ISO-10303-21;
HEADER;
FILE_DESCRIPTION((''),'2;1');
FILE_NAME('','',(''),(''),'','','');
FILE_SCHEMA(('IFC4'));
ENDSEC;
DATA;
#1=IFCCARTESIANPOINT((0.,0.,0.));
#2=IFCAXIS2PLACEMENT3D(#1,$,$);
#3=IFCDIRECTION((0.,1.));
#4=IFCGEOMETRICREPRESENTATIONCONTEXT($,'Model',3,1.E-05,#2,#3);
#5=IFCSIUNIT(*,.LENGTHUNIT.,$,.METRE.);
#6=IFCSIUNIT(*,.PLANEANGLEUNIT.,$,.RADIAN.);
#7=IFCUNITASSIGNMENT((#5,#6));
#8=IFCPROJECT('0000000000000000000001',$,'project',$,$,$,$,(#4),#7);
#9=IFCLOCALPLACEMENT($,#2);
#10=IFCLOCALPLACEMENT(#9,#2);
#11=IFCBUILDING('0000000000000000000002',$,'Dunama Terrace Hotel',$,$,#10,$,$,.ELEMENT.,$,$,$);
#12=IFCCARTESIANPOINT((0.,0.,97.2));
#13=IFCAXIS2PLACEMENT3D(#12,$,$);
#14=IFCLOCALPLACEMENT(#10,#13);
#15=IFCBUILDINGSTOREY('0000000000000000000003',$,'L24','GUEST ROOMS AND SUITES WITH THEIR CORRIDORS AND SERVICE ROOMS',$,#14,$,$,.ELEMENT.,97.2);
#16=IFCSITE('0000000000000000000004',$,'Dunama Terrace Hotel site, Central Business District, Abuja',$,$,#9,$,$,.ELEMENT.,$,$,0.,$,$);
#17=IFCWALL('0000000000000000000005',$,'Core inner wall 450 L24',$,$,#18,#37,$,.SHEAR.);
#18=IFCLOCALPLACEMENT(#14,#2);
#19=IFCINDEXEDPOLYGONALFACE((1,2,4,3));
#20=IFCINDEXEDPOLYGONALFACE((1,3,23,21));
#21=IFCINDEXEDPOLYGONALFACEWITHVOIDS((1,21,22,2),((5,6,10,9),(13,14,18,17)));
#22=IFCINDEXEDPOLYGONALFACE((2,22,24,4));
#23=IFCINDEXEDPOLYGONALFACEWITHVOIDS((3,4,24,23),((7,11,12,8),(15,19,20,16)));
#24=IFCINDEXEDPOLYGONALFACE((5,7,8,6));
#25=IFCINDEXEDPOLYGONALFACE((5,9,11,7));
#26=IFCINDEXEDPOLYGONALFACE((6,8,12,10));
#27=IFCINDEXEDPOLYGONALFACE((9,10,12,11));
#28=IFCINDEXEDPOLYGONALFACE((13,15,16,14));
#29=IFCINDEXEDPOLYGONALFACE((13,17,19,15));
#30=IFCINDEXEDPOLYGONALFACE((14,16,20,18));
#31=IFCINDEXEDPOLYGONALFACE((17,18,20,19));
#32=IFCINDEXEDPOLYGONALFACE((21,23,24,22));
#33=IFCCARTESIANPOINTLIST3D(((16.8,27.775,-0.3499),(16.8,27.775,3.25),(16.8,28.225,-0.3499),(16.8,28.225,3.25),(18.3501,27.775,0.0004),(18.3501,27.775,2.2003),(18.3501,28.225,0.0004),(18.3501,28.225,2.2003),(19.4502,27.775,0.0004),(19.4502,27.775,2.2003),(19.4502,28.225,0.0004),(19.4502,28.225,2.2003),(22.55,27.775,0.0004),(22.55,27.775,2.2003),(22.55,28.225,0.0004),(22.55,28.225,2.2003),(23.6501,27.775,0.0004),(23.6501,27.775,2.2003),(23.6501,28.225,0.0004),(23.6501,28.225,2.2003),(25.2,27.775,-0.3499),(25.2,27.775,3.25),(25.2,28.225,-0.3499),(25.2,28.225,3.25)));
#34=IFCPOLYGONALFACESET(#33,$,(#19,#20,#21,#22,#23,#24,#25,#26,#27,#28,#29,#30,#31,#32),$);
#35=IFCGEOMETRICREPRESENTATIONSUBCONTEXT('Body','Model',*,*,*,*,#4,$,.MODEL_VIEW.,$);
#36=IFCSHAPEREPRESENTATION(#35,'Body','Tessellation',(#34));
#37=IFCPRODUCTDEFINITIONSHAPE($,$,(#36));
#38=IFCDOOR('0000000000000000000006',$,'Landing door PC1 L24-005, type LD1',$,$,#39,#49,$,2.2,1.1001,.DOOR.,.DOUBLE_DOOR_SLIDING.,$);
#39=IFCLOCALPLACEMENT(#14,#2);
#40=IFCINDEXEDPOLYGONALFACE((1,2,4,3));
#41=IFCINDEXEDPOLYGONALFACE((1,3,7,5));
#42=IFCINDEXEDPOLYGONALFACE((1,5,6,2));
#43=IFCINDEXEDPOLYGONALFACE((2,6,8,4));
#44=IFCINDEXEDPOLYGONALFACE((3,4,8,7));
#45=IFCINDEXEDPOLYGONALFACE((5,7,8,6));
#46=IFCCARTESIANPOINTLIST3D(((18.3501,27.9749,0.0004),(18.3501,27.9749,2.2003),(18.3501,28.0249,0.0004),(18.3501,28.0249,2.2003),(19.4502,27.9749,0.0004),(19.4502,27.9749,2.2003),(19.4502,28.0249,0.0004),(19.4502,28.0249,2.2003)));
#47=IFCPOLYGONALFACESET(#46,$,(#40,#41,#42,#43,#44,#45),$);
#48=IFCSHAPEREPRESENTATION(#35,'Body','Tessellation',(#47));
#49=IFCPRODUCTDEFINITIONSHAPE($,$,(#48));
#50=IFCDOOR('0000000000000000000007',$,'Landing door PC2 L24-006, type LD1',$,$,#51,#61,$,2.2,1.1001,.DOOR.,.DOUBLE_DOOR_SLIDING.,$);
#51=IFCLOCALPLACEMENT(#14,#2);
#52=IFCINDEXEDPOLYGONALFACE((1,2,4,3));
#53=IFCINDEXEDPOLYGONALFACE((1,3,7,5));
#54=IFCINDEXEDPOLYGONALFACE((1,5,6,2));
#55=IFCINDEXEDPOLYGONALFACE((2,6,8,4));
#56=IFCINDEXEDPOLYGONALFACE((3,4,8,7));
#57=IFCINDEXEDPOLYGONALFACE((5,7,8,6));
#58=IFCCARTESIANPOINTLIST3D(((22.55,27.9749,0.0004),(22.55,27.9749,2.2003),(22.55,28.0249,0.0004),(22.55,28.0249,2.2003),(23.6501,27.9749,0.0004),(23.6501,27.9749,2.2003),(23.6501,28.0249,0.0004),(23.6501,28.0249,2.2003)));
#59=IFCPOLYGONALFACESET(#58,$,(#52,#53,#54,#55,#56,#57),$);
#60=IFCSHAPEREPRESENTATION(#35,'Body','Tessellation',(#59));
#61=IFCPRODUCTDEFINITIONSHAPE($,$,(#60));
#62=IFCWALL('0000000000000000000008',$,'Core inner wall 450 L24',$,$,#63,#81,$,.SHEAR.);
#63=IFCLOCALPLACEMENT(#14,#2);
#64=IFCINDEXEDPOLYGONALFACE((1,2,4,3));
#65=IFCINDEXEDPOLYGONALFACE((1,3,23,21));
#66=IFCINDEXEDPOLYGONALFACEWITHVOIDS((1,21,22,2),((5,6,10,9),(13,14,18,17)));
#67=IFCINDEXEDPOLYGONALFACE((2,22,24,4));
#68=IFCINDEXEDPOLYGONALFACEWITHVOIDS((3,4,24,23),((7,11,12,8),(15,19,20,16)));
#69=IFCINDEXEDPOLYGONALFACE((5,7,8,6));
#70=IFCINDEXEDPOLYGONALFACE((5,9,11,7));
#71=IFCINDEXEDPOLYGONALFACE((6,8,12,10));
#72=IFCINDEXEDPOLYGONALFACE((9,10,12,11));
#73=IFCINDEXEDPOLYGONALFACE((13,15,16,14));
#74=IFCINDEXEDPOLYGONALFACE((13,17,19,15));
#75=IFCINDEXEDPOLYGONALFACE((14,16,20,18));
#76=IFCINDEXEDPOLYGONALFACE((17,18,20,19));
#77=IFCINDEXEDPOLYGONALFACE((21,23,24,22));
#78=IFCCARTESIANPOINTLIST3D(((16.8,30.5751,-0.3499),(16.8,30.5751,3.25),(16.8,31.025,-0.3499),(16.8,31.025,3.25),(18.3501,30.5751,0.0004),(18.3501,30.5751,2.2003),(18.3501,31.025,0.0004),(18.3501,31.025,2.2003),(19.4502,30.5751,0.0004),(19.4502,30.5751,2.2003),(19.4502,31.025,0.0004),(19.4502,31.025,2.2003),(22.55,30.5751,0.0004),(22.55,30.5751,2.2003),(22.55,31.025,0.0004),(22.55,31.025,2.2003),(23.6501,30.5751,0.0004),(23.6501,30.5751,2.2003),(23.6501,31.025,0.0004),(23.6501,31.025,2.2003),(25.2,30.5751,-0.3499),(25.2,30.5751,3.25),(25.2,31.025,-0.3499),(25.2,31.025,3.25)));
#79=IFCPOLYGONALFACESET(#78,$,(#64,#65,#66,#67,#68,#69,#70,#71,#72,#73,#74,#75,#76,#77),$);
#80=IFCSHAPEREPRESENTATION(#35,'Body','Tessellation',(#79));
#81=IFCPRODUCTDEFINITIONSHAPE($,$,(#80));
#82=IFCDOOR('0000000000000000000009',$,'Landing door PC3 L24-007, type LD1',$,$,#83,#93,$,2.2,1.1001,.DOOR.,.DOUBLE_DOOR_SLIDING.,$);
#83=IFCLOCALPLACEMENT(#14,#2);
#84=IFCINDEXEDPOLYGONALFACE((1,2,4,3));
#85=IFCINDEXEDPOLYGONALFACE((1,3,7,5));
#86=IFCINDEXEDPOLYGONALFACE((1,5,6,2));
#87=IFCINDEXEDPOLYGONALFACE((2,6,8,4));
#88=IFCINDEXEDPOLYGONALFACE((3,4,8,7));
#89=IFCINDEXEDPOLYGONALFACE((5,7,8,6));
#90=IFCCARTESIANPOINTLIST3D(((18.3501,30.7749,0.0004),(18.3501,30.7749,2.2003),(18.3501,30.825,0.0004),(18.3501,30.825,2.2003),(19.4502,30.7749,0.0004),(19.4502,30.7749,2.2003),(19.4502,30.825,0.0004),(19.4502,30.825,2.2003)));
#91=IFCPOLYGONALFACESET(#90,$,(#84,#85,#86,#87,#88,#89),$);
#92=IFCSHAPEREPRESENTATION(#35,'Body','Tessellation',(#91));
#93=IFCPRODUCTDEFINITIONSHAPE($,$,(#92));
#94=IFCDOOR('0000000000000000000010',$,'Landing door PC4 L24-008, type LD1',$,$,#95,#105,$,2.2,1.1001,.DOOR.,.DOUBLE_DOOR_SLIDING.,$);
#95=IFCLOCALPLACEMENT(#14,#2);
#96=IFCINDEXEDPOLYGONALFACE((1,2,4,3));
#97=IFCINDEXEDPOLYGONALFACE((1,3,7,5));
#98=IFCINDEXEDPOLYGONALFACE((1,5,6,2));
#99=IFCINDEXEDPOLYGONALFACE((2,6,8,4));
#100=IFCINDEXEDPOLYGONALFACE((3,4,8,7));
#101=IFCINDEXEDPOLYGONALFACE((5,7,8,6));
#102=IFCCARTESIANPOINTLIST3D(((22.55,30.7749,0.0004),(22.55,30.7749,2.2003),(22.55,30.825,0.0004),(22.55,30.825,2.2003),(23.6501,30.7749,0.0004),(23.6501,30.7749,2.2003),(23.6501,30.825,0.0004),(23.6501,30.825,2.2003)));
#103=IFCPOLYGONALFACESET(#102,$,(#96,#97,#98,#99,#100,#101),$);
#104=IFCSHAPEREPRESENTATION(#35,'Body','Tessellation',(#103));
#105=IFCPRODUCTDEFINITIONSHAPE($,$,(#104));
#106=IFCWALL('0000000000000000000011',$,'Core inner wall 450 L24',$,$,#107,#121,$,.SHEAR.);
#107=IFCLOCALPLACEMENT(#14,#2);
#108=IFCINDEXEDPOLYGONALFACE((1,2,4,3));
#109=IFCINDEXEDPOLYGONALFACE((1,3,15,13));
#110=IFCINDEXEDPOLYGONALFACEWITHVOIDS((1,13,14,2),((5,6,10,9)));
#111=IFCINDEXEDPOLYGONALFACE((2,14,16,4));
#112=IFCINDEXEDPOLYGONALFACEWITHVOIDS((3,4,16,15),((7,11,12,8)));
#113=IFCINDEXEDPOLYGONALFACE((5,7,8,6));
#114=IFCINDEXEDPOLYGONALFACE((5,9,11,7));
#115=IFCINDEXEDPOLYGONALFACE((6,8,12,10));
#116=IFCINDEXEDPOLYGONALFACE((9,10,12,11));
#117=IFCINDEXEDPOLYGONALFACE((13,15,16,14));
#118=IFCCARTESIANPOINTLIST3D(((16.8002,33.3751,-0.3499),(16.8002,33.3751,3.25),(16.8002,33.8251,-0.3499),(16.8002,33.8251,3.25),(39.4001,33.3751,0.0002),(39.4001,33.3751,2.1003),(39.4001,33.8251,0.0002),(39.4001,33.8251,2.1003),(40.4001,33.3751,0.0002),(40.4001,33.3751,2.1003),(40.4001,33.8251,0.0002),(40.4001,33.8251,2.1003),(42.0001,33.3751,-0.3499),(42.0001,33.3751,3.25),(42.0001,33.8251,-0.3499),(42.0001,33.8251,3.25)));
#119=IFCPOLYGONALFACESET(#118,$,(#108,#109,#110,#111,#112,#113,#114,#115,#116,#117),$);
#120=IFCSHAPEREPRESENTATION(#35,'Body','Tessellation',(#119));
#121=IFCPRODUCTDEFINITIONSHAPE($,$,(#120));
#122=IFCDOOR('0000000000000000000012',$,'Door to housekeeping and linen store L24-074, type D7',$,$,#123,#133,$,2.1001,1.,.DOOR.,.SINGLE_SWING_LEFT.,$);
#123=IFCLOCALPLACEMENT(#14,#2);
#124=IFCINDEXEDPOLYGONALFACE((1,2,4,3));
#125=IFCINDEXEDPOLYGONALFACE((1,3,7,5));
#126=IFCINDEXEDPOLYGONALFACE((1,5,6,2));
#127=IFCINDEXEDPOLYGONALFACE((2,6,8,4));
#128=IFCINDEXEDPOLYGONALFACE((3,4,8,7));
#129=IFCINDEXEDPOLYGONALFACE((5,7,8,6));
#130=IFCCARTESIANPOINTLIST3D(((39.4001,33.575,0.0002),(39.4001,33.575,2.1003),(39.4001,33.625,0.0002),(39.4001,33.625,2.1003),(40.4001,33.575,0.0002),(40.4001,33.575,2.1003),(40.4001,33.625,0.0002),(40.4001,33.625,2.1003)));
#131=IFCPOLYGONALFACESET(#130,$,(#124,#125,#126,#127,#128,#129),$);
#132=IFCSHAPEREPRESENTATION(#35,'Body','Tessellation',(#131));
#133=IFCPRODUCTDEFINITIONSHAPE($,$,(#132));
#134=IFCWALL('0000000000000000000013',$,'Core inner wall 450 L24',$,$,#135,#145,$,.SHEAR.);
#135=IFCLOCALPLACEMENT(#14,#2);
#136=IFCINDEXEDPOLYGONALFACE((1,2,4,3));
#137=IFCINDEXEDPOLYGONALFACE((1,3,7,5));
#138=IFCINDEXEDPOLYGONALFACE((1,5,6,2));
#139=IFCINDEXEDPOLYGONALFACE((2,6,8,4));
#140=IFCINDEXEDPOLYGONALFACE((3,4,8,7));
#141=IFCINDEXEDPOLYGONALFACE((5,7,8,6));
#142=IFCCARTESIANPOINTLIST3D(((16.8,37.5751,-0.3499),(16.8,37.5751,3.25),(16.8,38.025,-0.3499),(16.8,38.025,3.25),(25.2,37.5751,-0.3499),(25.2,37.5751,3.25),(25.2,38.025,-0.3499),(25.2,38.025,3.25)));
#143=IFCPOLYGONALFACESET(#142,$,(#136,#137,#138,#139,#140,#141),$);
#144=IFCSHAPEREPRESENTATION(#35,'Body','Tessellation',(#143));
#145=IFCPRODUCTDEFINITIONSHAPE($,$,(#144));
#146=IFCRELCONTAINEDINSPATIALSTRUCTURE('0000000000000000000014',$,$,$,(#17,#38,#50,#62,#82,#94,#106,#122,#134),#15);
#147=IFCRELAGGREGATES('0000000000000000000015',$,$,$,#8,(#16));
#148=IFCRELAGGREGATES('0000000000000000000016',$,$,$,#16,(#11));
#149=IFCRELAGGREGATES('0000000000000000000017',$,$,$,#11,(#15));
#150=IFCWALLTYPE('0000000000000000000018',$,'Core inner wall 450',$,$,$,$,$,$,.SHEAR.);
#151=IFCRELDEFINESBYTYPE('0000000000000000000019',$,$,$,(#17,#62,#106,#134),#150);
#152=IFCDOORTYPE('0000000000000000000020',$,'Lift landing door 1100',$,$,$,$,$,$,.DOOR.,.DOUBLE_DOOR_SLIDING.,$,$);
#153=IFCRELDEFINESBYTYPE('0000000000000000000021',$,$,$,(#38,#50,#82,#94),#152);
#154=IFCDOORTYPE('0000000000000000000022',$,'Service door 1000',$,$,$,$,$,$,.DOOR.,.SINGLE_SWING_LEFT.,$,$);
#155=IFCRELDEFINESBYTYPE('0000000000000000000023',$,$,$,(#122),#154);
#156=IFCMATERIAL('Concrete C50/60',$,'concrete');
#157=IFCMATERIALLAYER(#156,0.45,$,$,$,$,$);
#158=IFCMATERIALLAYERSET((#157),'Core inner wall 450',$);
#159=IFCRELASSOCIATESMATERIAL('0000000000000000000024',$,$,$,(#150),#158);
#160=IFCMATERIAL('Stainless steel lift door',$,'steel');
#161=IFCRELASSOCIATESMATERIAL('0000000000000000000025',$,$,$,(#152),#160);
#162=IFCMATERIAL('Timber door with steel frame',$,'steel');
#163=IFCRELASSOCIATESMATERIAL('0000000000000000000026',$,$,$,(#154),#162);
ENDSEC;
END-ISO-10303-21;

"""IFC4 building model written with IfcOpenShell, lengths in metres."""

from ifc_helpers import new_model, si_unit, direction, frame, frame_2d, origin, place, context, subcontext, project, spatial, rectangle, extrude, material, layer, layer_set, type_object, element, fill, save


model = new_model("IFC4")

# Units and contexts
model_context = context("Model", 3, precision=1e-05, world=origin(), true_north=direction((0.0, 1.0)))
body_context = subcontext(model_context, "Body", "Model", "MODEL_VIEW")
ifc_project = project(units=[si_unit("LENGTHUNIT", "METRE"), si_unit("PLANEANGLEUNIT", "RADIAN")], contexts=[model_context])

# Site, building, storey
site_placement = place(None, origin())
site = spatial("IfcSite", under=ifc_project, at=site_placement, Name="Dunama Terrace Hotel site, Central Business District, Abuja", CompositionType="ELEMENT", RefElevation=0.0)
building_placement = place(site_placement, origin())
building = spatial("IfcBuilding", under=site, at=building_placement, Name="Dunama Terrace Hotel", CompositionType="ELEMENT")
storey_placement = place(building_placement, frame((0.0, 0.0, 97.2)))
storey = spatial("IfcBuildingStorey", under=building, at=storey_placement, Name="L24", Description="GUEST ROOMS AND SUITES WITH THEIR CORRIDORS AND SERVICE ROOMS", CompositionType="ELEMENT", Elevation=97.2)

# Shared definitions
ifc_material_1 = material(Name="Concrete C50/60", Category="concrete")
ifc_layer_1 = layer(ifc_material_1, 0.45)
ifc_layer_set_1 = layer_set([ifc_layer_1], Name="Core inner wall 450")
wall_type_1 = type_object("IfcWallType", Name="Core inner wall 450", PredefinedType="SHEAR", material=ifc_layer_set_1)

# Walls, openings, doors
wall_1_placement = place(storey_placement, frame((16.8, 28.0, -0.3499), z_axis=(0.0, 0.0, 1.0), x_axis=(1.0, 0.0, 0.0)))
wall_1 = element("IfcWall", 1, at=wall_1_placement, inside=storey, type_object=wall_type_1, Name="Core inner wall 450 L24", PredefinedType="SHEAR", context=body_context, shape_type="SweptSolid", body=[
    extrude(rectangle(XDim=8.3999, YDim=0.45, at=frame_2d((4.2, 0.0))), origin(), (0.0, 0.0, 1.0), 3.5999),
])
opening_1_placement = place(wall_1_placement, frame((1.55, 0.0, 0.3501)))
opening_1 = element("IfcOpeningElement", 2, at=opening_1_placement, cuts=wall_1, PredefinedType="OPENING", context=body_context, shape_type="SweptSolid", body=[
    extrude(rectangle(XDim=1.1001, YDim=2.2, at=frame_2d((0.55, 1.1001))), frame((0.0, 0.2349, 0.0), z_axis=(0.0, -1.0, 0.0), x_axis=(1.0, 0.0, 0.0)), (0.0, 0.0, 1.0), 0.47),
])
opening_2_placement = place(wall_1_placement, frame((5.75, 0.0, 0.3501)))
opening_2 = element("IfcOpeningElement", 3, at=opening_2_placement, cuts=wall_1, PredefinedType="OPENING", context=body_context, shape_type="SweptSolid", body=[
    extrude(rectangle(XDim=1.1001, YDim=2.2, at=frame_2d((0.55, 1.1001))), frame((0.0, 0.2349, 0.0), z_axis=(0.0, -1.0, 0.0), x_axis=(1.0, 0.0, 0.0)), (0.0, 0.0, 1.0), 0.47),
])
ifc_material_2 = material(Name="Stainless steel lift door", Category="steel")
door_type_1 = type_object("IfcDoorType", Name="Lift landing door 1100", OperationType="DOUBLE_DOOR_SLIDING", PredefinedType="DOOR", material=ifc_material_2)
door_1_placement = place(opening_1_placement, origin())
door_1 = element("IfcDoor", 4, at=door_1_placement, inside=storey, type_object=door_type_1, Name="Landing door PC1 L24-005, type LD1", OperationType="DOUBLE_DOOR_SLIDING", OverallHeight=2.2, OverallWidth=1.1001, PredefinedType="DOOR", context=body_context, shape_type="SweptSolid", body=[
    extrude(rectangle(XDim=1.1001, YDim=2.2, at=frame_2d((0.55, 1.1001))), frame((0.0, 0.0249, 0.0), z_axis=(0.0, -1.0, 0.0), x_axis=(1.0, 0.0, 0.0)), (0.0, 0.0, 1.0), 0.05),
])
fill(opening_1, door_1)
door_2_placement = place(opening_2_placement, origin())
door_2 = element("IfcDoor", 5, at=door_2_placement, inside=storey, type_object=door_type_1, Name="Landing door PC2 L24-006, type LD1", OperationType="DOUBLE_DOOR_SLIDING", OverallHeight=2.2, OverallWidth=1.1001, PredefinedType="DOOR", context=body_context, shape_type="SweptSolid", body=[
    extrude(rectangle(XDim=1.1001, YDim=2.2, at=frame_2d((0.55, 1.1001))), frame((0.0, 0.0249, 0.0), z_axis=(0.0, -1.0, 0.0), x_axis=(1.0, 0.0, 0.0)), (0.0, 0.0, 1.0), 0.05),
])
fill(opening_2, door_2)
wall_2_placement = place(storey_placement, frame((16.8, 30.8, -0.3499), z_axis=(0.0, 0.0, 1.0), x_axis=(1.0, 0.0, 0.0)))
wall_2 = element("IfcWall", 6, at=wall_2_placement, inside=storey, type_object=wall_type_1, Name="Core inner wall 450 L24", PredefinedType="SHEAR", context=body_context, shape_type="SweptSolid", body=[
    extrude(rectangle(XDim=8.3999, YDim=0.45, at=frame_2d((4.2, 0.0))), origin(), (0.0, 0.0, 1.0), 3.5999),
])
opening_3_placement = place(wall_2_placement, frame((1.55, 0.0, 0.3501)))
opening_3 = element("IfcOpeningElement", 7, at=opening_3_placement, cuts=wall_2, PredefinedType="OPENING", context=body_context, shape_type="SweptSolid", body=[
    extrude(rectangle(XDim=1.1001, YDim=2.2, at=frame_2d((0.55, 1.1001))), frame((0.0, 0.2349, 0.0), z_axis=(0.0, -1.0, 0.0), x_axis=(1.0, 0.0, 0.0)), (0.0, 0.0, 1.0), 0.47),
])
opening_4_placement = place(wall_2_placement, frame((5.75, 0.0, 0.3501)))
opening_4 = element("IfcOpeningElement", 8, at=opening_4_placement, cuts=wall_2, PredefinedType="OPENING", context=body_context, shape_type="SweptSolid", body=[
    extrude(rectangle(XDim=1.1001, YDim=2.2, at=frame_2d((0.55, 1.1001))), frame((0.0, 0.2349, 0.0), z_axis=(0.0, -1.0, 0.0), x_axis=(1.0, 0.0, 0.0)), (0.0, 0.0, 1.0), 0.47),
])
door_3_placement = place(opening_3_placement, origin())
door_3 = element("IfcDoor", 9, at=door_3_placement, inside=storey, type_object=door_type_1, Name="Landing door PC3 L24-007, type LD1", OperationType="DOUBLE_DOOR_SLIDING", OverallHeight=2.2, OverallWidth=1.1001, PredefinedType="DOOR", context=body_context, shape_type="SweptSolid", body=[
    extrude(rectangle(XDim=1.1001, YDim=2.2, at=frame_2d((0.55, 1.1001))), frame((0.0, 0.0249, 0.0), z_axis=(0.0, -1.0, 0.0), x_axis=(1.0, 0.0, 0.0)), (0.0, 0.0, 1.0), 0.05),
])
fill(opening_3, door_3)
door_4_placement = place(opening_4_placement, origin())
door_4 = element("IfcDoor", 10, at=door_4_placement, inside=storey, type_object=door_type_1, Name="Landing door PC4 L24-008, type LD1", OperationType="DOUBLE_DOOR_SLIDING", OverallHeight=2.2, OverallWidth=1.1001, PredefinedType="DOOR", context=body_context, shape_type="SweptSolid", body=[
    extrude(rectangle(XDim=1.1001, YDim=2.2, at=frame_2d((0.55, 1.1001))), frame((0.0, 0.0249, 0.0), z_axis=(0.0, -1.0, 0.0), x_axis=(1.0, 0.0, 0.0)), (0.0, 0.0, 1.0), 0.05),
])
fill(opening_4, door_4)

# Wall, opening, door
wall_3_placement = place(storey_placement, frame((16.8, 33.6001, -0.3499), z_axis=(0.0, 0.0, 1.0), x_axis=(1.0, 0.0, 0.0)))
wall_3 = element("IfcWall", 11, at=wall_3_placement, inside=storey, type_object=wall_type_1, Name="Core inner wall 450 L24", PredefinedType="SHEAR", context=body_context, shape_type="SweptSolid", body=[
    extrude(rectangle(XDim=25.2, YDim=0.45, at=frame_2d((12.6001, 0.0))), origin(), (0.0, 0.0, 1.0), 3.5999),
])
opening_5_placement = place(wall_3_placement, frame((22.6001, 0.0, 0.3501)))
opening_5 = element("IfcOpeningElement", 12, at=opening_5_placement, cuts=wall_3, PredefinedType="OPENING", context=body_context, shape_type="SweptSolid", body=[
    extrude(rectangle(XDim=1.0, YDim=2.1001, at=frame_2d((0.5, 1.05))), frame((0.0, 0.2349, 0.0), z_axis=(0.0, -1.0, 0.0), x_axis=(1.0, 0.0, 0.0)), (0.0, 0.0, 1.0), 0.47),
])
ifc_material_3 = material(Name="Timber door with steel frame", Category="steel")
door_type_2 = type_object("IfcDoorType", Name="Service door 1000", OperationType="SINGLE_SWING_LEFT", PredefinedType="DOOR", material=ifc_material_3)
door_5_placement = place(opening_5_placement, frame((1.0, 0.0, 0.0), z_axis=(0.0, 0.0, 1.0), x_axis=(-1.0, 0.0, 0.0)))
door_5 = element("IfcDoor", 13, at=door_5_placement, inside=storey, type_object=door_type_2, Name="Door to housekeeping and linen store L24-074, type D7", OperationType="SINGLE_SWING_LEFT", OverallHeight=2.1001, OverallWidth=1.0, PredefinedType="DOOR", context=body_context, shape_type="SweptSolid", body=[
    extrude(rectangle(XDim=1.0, YDim=2.1001, at=frame_2d((0.5, 1.05))), frame((0.0, 0.0251, 0.0), z_axis=(0.0, -1.0, 0.0), x_axis=(1.0, 0.0, 0.0)), (0.0, 0.0, 1.0), 0.05),
])
fill(opening_5, door_5)

# Wall
wall_4_placement = place(storey_placement, frame((16.8, 37.8, -0.3499), z_axis=(0.0, 0.0, 1.0), x_axis=(1.0, 0.0, 0.0)))
element("IfcWall", 14, at=wall_4_placement, inside=storey, type_object=wall_type_1, Name="Core inner wall 450 L24", PredefinedType="SHEAR", context=body_context, shape_type="SweptSolid", body=[
    extrude(rectangle(XDim=8.3999, YDim=0.45, at=frame_2d((4.2, 0.0))), origin(), (0.0, 0.0, 1.0), 3.5999),
])

save(model, "model.ifc")
